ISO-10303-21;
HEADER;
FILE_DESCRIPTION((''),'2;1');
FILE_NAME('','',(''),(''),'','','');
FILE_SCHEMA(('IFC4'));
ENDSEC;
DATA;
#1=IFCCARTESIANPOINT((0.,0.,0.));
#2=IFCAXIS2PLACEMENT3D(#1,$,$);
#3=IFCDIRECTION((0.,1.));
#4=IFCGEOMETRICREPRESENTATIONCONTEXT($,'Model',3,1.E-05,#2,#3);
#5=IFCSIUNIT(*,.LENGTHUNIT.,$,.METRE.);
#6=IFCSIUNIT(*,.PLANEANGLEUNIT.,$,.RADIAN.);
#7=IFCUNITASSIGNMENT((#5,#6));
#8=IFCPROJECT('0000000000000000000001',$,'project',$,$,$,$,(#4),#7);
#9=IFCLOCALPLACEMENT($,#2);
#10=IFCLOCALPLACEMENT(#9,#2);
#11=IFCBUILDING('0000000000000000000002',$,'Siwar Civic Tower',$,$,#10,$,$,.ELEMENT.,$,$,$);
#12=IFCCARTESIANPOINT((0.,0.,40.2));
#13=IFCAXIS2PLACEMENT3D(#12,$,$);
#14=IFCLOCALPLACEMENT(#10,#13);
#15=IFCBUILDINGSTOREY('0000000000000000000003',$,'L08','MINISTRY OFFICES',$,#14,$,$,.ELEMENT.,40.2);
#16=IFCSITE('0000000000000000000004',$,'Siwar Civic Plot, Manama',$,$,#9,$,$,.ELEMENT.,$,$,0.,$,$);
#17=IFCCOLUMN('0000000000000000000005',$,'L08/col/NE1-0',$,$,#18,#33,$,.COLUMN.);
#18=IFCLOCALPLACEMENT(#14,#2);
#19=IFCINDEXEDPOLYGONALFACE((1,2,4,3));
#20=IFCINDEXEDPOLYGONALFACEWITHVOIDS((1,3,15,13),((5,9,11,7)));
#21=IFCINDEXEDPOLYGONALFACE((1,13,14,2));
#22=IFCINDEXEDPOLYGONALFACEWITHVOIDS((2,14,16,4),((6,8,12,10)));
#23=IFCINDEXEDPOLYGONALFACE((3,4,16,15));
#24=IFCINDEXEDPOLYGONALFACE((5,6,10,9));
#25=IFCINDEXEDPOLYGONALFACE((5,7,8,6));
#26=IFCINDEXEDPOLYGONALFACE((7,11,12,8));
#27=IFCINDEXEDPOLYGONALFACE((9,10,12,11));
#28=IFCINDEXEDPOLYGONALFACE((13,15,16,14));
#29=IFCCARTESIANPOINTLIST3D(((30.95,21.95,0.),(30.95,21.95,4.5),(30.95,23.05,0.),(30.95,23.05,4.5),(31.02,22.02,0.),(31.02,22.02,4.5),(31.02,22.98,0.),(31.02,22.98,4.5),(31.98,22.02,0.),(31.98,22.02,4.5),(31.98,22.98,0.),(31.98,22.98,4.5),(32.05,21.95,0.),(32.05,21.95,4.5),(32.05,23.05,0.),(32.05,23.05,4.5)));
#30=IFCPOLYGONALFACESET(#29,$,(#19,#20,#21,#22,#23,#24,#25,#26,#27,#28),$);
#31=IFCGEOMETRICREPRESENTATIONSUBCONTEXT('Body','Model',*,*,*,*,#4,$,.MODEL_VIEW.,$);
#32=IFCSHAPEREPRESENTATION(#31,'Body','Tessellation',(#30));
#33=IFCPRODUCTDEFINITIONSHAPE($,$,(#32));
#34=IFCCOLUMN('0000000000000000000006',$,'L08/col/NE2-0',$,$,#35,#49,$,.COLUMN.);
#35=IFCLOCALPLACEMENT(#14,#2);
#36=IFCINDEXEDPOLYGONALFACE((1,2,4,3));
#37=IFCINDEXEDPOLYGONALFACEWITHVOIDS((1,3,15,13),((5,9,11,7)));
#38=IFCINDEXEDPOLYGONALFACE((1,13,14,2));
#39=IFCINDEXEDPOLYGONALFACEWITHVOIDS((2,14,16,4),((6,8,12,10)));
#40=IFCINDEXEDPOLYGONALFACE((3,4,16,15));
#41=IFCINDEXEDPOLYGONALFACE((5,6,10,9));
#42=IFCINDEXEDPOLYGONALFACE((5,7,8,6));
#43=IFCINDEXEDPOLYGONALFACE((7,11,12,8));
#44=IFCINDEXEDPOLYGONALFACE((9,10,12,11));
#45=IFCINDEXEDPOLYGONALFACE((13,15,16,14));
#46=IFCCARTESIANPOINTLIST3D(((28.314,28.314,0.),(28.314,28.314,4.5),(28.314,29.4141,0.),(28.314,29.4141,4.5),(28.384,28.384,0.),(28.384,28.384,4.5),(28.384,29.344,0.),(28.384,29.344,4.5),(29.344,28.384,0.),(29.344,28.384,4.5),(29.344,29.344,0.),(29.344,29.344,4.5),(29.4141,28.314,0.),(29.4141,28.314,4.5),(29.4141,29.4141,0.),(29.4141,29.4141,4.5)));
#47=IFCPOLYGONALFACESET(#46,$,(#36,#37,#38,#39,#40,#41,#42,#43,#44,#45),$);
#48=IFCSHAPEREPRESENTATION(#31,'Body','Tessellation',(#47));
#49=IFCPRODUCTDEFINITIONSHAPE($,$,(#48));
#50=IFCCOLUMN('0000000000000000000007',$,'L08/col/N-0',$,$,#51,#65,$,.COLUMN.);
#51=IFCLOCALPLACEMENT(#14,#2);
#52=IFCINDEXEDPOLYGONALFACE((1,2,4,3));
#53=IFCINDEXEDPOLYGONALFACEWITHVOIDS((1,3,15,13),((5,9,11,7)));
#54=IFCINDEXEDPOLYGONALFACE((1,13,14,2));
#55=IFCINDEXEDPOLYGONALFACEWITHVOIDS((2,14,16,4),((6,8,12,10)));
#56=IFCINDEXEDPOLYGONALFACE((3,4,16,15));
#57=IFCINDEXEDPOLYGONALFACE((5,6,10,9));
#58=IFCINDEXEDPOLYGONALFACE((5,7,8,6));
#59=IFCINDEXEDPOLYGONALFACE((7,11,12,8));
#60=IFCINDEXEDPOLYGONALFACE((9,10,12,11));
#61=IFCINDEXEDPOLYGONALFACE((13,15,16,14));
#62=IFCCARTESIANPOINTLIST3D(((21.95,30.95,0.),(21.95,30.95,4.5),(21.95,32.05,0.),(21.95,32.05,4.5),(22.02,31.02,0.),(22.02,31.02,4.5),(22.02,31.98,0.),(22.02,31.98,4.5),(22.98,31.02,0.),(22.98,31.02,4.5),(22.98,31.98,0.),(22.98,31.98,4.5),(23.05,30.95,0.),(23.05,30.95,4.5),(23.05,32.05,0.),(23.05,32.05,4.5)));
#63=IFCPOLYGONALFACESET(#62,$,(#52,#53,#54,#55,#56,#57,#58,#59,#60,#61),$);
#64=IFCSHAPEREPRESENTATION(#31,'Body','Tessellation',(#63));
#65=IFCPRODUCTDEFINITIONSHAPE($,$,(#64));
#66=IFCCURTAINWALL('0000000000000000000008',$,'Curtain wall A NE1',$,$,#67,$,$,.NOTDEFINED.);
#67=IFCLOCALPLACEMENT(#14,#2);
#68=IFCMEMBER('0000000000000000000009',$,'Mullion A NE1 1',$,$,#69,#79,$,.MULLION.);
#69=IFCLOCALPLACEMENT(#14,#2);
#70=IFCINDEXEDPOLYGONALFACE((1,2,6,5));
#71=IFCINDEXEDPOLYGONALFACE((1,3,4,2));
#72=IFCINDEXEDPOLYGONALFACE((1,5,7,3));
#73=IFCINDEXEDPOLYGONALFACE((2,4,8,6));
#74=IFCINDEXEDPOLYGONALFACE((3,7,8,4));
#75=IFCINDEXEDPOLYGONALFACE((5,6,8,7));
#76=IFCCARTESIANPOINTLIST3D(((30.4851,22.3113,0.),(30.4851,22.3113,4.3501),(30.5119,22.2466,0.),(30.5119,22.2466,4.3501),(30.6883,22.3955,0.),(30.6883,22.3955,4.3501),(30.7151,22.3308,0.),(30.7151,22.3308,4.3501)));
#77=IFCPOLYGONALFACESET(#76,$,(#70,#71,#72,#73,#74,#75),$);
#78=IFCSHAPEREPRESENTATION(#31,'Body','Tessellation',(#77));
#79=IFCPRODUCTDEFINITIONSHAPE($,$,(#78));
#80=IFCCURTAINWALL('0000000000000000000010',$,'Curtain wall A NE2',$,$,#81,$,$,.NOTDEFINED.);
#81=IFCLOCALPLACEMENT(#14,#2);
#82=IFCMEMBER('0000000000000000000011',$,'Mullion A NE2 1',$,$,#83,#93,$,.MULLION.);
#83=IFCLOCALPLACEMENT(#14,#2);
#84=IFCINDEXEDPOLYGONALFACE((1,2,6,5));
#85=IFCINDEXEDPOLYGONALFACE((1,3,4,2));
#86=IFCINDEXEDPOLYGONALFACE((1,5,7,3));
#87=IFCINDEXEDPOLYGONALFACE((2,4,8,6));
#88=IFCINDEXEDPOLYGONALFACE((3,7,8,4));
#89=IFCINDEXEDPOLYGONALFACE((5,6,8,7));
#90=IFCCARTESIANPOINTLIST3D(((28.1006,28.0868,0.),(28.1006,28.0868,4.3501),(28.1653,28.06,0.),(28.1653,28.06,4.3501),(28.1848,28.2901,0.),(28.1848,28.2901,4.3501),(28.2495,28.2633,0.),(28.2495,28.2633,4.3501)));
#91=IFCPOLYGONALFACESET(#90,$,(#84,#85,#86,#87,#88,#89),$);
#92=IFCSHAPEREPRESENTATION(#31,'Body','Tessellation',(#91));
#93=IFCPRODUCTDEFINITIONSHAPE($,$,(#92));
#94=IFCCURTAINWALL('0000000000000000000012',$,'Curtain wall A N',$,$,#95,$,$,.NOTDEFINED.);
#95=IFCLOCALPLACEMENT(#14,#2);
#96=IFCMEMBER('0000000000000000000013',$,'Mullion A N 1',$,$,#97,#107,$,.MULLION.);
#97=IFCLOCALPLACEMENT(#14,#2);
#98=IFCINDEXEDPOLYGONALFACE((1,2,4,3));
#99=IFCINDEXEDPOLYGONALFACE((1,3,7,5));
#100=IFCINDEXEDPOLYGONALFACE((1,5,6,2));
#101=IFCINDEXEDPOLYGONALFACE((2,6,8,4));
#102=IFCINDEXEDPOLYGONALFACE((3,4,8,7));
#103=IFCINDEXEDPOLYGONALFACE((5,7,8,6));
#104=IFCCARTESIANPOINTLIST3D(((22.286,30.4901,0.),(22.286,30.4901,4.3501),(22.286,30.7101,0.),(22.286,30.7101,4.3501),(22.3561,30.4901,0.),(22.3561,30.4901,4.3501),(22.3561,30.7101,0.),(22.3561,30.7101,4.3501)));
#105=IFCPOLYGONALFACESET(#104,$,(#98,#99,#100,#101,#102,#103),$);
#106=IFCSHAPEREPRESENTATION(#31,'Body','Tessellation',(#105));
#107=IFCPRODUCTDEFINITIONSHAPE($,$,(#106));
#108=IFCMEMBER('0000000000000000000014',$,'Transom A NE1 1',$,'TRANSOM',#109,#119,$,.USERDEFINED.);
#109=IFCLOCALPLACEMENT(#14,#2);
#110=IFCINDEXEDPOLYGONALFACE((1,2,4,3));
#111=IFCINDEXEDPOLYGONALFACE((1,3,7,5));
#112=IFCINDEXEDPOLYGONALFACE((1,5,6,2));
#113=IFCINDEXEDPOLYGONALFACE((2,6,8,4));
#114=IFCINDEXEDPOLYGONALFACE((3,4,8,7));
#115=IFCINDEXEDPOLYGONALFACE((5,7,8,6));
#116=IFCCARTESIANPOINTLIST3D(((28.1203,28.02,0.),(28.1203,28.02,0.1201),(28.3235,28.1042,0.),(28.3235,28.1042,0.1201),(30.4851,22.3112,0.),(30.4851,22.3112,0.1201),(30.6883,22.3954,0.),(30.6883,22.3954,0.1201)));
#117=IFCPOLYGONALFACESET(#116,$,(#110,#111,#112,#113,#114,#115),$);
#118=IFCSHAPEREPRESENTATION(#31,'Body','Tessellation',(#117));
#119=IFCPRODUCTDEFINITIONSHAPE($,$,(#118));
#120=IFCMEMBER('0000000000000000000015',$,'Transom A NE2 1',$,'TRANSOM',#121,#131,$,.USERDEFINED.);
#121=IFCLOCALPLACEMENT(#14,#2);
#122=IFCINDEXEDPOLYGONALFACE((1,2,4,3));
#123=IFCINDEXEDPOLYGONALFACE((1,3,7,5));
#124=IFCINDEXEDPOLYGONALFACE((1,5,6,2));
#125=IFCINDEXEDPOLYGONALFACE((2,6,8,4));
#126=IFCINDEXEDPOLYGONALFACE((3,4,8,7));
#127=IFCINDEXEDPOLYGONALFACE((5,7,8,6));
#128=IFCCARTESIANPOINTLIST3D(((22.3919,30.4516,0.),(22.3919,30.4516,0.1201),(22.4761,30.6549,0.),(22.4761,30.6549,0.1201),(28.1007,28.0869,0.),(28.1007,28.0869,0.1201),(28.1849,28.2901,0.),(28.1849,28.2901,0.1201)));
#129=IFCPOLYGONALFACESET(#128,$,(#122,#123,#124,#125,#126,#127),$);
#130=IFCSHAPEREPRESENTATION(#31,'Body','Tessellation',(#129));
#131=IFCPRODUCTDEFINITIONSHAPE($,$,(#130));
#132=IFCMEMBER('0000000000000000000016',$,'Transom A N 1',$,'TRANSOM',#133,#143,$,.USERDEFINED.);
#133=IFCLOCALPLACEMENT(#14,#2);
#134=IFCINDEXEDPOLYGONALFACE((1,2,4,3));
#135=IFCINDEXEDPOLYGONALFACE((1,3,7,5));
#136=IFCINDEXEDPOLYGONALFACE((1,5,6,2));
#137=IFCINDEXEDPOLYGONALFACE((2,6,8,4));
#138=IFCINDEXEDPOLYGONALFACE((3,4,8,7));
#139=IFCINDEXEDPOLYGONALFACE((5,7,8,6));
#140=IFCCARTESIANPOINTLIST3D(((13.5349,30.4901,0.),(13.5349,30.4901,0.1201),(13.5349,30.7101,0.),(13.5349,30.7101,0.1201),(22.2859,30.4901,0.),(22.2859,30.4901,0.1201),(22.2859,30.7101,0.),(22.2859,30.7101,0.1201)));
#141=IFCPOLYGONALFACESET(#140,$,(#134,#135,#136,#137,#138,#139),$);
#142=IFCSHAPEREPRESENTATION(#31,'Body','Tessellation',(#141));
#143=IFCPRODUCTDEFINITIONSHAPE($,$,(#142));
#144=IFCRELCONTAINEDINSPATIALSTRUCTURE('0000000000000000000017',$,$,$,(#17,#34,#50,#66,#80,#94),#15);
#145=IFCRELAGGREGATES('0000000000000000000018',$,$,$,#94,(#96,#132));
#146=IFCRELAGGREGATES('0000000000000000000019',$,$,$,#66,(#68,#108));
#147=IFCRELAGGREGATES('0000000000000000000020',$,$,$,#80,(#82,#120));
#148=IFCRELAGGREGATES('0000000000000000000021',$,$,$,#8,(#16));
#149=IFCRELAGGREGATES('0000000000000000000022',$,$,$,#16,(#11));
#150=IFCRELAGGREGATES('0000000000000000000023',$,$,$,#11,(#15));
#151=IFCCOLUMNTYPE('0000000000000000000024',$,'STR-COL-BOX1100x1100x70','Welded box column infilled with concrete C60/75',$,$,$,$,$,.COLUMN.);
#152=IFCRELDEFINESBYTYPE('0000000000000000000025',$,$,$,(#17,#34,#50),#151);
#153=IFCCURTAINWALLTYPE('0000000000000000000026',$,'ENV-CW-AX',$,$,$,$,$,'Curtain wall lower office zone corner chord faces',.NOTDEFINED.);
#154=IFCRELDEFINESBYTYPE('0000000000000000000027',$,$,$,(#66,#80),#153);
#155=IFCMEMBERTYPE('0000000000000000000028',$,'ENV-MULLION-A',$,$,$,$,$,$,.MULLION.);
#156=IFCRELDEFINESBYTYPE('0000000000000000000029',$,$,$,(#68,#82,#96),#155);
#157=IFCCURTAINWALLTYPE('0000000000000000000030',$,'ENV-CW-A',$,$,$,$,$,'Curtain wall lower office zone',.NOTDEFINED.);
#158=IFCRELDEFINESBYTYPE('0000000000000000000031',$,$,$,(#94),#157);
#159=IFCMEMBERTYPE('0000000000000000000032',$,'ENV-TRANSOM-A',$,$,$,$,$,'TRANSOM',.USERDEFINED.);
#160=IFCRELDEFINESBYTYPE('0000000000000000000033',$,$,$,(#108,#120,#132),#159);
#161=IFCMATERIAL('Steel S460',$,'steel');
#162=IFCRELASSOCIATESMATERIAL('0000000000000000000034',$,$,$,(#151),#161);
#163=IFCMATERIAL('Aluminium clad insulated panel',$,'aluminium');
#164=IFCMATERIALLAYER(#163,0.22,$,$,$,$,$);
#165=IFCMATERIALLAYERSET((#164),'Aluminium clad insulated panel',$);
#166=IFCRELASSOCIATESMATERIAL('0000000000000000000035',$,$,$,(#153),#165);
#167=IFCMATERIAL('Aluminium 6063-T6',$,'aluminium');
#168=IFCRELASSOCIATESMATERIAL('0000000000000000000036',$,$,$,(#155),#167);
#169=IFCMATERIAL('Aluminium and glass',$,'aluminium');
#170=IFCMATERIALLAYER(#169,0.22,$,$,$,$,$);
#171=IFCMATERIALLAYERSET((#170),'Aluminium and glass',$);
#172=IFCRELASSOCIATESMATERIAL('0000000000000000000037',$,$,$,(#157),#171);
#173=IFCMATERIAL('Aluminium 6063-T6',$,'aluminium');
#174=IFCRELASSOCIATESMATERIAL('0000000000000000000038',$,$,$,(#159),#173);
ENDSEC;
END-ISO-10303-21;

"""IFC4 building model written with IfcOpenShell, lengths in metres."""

from ifc_helpers import new_model, si_unit, direction, frame, origin, origin_2d, place, context, subcontext, project, spatial, rectangle, hollow_rectangle, extrude, material, layer, layer_set, material_profile, profile_set, type_object, element, aggregate, save


model = new_model("IFC4")

# Units and contexts
model_context = context("Model", 3, precision=1e-05, world=origin(), true_north=direction((0.0, 1.0)))
body_context = subcontext(model_context, "Body", "Model", "MODEL_VIEW")
ifc_project = project(units=[si_unit("LENGTHUNIT", "METRE"), si_unit("PLANEANGLEUNIT", "RADIAN")], contexts=[model_context])

# Site, building, storey
site_placement = place(None, origin())
site = spatial("IfcSite", under=ifc_project, at=site_placement, Name="Siwar Civic Plot, Manama", CompositionType="ELEMENT", RefElevation=0.0)
building_placement = place(site_placement, origin())
building = spatial("IfcBuilding", under=site, at=building_placement, Name="Siwar Civic Tower", CompositionType="ELEMENT")
storey_placement = place(building_placement, frame((0.0, 0.0, 40.2)))
storey = spatial("IfcBuildingStorey", under=building, at=storey_placement, Name="L08", Description="MINISTRY OFFICES", CompositionType="ELEMENT", Elevation=40.2)

# Columns
ifc_material_1 = material(Name="Steel S460", Category="steel")
ifc_material_profile_1 = material_profile(ifc_material_1, hollow_rectangle(XDim=1.1001, YDim=1.1001, WallThickness=0.0701, at=origin_2d()), Name="BOX1100x1100x70")
ifc_profile_set_1 = profile_set([ifc_material_profile_1], Name="Steel S460")
column_type = type_object("IfcColumnType", Name="STR-COL-BOX1100x1100x70", Description="Welded box column infilled with concrete C60/75", PredefinedType="COLUMN", material=ifc_profile_set_1)
for number, where, z_axis, x_axis, name in (
    (1, (31.5, 22.5, 0.0), (0.0, 0.0, 1.0), (1.0, 0.0, 0.0), "L08/col/NE1-0"),
    (2, (28.864, 28.864, 0.0), (0.0, 0.0, 1.0), (1.0, 0.0, 0.0), "L08/col/NE2-0"),
    (3, (22.5, 31.5, 0.0), (0.0, 0.0, 1.0), (1.0, 0.0, 0.0), "L08/col/N-0"),
):
    element("IfcColumn", number, at=place(storey_placement, frame(where, z_axis=z_axis, x_axis=x_axis)), inside=storey, type_object=column_type, Name=name, PredefinedType="COLUMN", context=body_context, shape_type="SweptSolid", body=[
        extrude(hollow_rectangle(XDim=1.1001, YDim=1.1001, WallThickness=0.0701, at=origin_2d()), origin(), (0.0, 0.0, 1.0), 4.5),
    ])

# Curtain walls, members
ifc_material_2 = material(Name="Aluminium clad insulated panel", Category="aluminium")
ifc_layer_1 = layer(ifc_material_2, 0.22)
ifc_layer_set_1 = layer_set([ifc_layer_1], Name="Aluminium clad insulated panel")
curtain_wall_type_1 = type_object("IfcCurtainWallType", Name="ENV-CW-AX", ElementType="Curtain wall lower office zone corner chord faces", PredefinedType="NOTDEFINED", material=ifc_layer_set_1)
curtain_wall_1_placement = place(storey_placement, origin())
curtain_wall_1 = element("IfcCurtainWall", 4, at=curtain_wall_1_placement, inside=storey, type_object=curtain_wall_type_1, Name="Curtain wall A NE1", PredefinedType="NOTDEFINED")
ifc_material_3 = material(Name="Aluminium 6063-T6", Category="aluminium")
ifc_material_profile_2 = material_profile(ifc_material_3, rectangle(XDim=0.22, YDim=0.0701, at=origin_2d()), Name="AL 220x70")
ifc_profile_set_2 = profile_set([ifc_material_profile_2], Name="Aluminium 6063-T6")
member_type_1 = type_object("IfcMemberType", Name="ENV-MULLION-A", PredefinedType="MULLION", material=ifc_profile_set_2)
member_1_placement = place(storey_placement, frame((30.6001, 22.321, 0.0), z_axis=(0.0, 0.0, 1.0), x_axis=(-0.92388, -0.382683, 0.0)))
member_1 = element("IfcMember", 5, at=member_1_placement, type_object=member_type_1, Name="Mullion A NE1 1", PredefinedType="MULLION", context=body_context, shape_type="SweptSolid", body=[
    extrude(rectangle(XDim=0.22, YDim=0.0701, at=origin_2d()), origin(), (0.0, 0.0, 1.0), 4.3501),
])
curtain_wall_2_placement = place(storey_placement, origin())
curtain_wall_2 = element("IfcCurtainWall", 6, at=curtain_wall_2_placement, inside=storey, type_object=curtain_wall_type_1, Name="Curtain wall A NE2", PredefinedType="NOTDEFINED")
member_2_placement = place(storey_placement, frame((28.175, 28.175, 0.0), z_axis=(0.0, 0.0, 1.0), x_axis=(-0.382683, -0.92388, 0.0)))
member_2 = element("IfcMember", 7, at=member_2_placement, type_object=member_type_1, Name="Mullion A NE2 1", PredefinedType="MULLION", context=body_context, shape_type="SweptSolid", body=[
    extrude(rectangle(XDim=0.22, YDim=0.0701, at=origin_2d()), origin(), (0.0, 0.0, 1.0), 4.3501),
])
ifc_material_4 = material(Name="Aluminium and glass", Category="aluminium")
ifc_layer_2 = layer(ifc_material_4, 0.22)
ifc_layer_set_2 = layer_set([ifc_layer_2], Name="Aluminium and glass")
curtain_wall_type_2 = type_object("IfcCurtainWallType", Name="ENV-CW-A", ElementType="Curtain wall lower office zone", PredefinedType="NOTDEFINED", material=ifc_layer_set_2)
curtain_wall_3_placement = place(storey_placement, origin())
curtain_wall_3 = element("IfcCurtainWall", 8, at=curtain_wall_3_placement, inside=storey, type_object=curtain_wall_type_2, Name="Curtain wall A N", PredefinedType="NOTDEFINED")
member_3_placement = place(storey_placement, frame((22.321, 30.6001, 0.0), z_axis=(0.0, 0.0, 1.0), x_axis=(0.0, -1.0, 0.0)))
member_3 = element("IfcMember", 9, at=member_3_placement, type_object=member_type_1, Name="Mullion A N 1", PredefinedType="MULLION", context=body_context, shape_type="SweptSolid", body=[
    extrude(rectangle(XDim=0.22, YDim=0.0701, at=origin_2d()), origin(), (0.0, 0.0, 1.0), 4.3501),
])

# Members
ifc_material_5 = material(Name="Aluminium 6063-T6", Category="aluminium")
ifc_material_profile_3 = material_profile(ifc_material_5, rectangle(XDim=0.22, YDim=0.1201, at=origin_2d()), Name="AL 220x120")
ifc_profile_set_3 = profile_set([ifc_material_profile_3], Name="Aluminium 6063-T6")
member_type_2 = type_object("IfcMemberType", Name="ENV-TRANSOM-A", ElementType="TRANSOM", PredefinedType="USERDEFINED", material=ifc_profile_set_3)
member_4_placement = place(storey_placement, frame((30.5867, 22.3533, 0.0601), z_axis=(-0.382698, 0.923873, 0.0), x_axis=(-0.923873, -0.382698, 0.0)))
member_4 = element("IfcMember", 10, at=member_4_placement, type_object=member_type_2, Name="Transom A NE1 1", ObjectType="TRANSOM", PredefinedType="USERDEFINED", context=body_context, shape_type="SweptSolid", body=[
    extrude(rectangle(XDim=0.22, YDim=0.1201, at=origin_2d()), origin(), (0.0, 0.0, 1.0), 6.1792),
])
member_5_placement = place(storey_placement, frame((28.1428, 28.1885, 0.0601), z_axis=(-0.923873, 0.382698, 0.0), x_axis=(-0.382698, -0.923873, 0.0)))
member_5 = element("IfcMember", 11, at=member_5_placement, type_object=member_type_2, Name="Transom A NE2 1", ObjectType="TRANSOM", PredefinedType="USERDEFINED", context=body_context, shape_type="SweptSolid", body=[
    extrude(rectangle(XDim=0.22, YDim=0.1201, at=origin_2d()), origin(), (0.0, 0.0, 1.0), 6.1792),
])
member_6_placement = place(storey_placement, frame((22.2859, 30.6001, 0.0601), z_axis=(-1.0, 0.0, 0.0), x_axis=(0.0, -1.0, 0.0)))
member_6 = element("IfcMember", 12, at=member_6_placement, type_object=member_type_2, Name="Transom A N 1", ObjectType="TRANSOM", PredefinedType="USERDEFINED", context=body_context, shape_type="SweptSolid", body=[
    extrude(rectangle(XDim=0.22, YDim=0.1201, at=origin_2d()), origin(), (0.0, 0.0, 1.0), 8.751),
])

aggregate(curtain_wall_3, [member_3, member_6])
aggregate(curtain_wall_1, [member_1, member_4])
aggregate(curtain_wall_2, [member_2, member_5])

save(model, "model.ifc")
